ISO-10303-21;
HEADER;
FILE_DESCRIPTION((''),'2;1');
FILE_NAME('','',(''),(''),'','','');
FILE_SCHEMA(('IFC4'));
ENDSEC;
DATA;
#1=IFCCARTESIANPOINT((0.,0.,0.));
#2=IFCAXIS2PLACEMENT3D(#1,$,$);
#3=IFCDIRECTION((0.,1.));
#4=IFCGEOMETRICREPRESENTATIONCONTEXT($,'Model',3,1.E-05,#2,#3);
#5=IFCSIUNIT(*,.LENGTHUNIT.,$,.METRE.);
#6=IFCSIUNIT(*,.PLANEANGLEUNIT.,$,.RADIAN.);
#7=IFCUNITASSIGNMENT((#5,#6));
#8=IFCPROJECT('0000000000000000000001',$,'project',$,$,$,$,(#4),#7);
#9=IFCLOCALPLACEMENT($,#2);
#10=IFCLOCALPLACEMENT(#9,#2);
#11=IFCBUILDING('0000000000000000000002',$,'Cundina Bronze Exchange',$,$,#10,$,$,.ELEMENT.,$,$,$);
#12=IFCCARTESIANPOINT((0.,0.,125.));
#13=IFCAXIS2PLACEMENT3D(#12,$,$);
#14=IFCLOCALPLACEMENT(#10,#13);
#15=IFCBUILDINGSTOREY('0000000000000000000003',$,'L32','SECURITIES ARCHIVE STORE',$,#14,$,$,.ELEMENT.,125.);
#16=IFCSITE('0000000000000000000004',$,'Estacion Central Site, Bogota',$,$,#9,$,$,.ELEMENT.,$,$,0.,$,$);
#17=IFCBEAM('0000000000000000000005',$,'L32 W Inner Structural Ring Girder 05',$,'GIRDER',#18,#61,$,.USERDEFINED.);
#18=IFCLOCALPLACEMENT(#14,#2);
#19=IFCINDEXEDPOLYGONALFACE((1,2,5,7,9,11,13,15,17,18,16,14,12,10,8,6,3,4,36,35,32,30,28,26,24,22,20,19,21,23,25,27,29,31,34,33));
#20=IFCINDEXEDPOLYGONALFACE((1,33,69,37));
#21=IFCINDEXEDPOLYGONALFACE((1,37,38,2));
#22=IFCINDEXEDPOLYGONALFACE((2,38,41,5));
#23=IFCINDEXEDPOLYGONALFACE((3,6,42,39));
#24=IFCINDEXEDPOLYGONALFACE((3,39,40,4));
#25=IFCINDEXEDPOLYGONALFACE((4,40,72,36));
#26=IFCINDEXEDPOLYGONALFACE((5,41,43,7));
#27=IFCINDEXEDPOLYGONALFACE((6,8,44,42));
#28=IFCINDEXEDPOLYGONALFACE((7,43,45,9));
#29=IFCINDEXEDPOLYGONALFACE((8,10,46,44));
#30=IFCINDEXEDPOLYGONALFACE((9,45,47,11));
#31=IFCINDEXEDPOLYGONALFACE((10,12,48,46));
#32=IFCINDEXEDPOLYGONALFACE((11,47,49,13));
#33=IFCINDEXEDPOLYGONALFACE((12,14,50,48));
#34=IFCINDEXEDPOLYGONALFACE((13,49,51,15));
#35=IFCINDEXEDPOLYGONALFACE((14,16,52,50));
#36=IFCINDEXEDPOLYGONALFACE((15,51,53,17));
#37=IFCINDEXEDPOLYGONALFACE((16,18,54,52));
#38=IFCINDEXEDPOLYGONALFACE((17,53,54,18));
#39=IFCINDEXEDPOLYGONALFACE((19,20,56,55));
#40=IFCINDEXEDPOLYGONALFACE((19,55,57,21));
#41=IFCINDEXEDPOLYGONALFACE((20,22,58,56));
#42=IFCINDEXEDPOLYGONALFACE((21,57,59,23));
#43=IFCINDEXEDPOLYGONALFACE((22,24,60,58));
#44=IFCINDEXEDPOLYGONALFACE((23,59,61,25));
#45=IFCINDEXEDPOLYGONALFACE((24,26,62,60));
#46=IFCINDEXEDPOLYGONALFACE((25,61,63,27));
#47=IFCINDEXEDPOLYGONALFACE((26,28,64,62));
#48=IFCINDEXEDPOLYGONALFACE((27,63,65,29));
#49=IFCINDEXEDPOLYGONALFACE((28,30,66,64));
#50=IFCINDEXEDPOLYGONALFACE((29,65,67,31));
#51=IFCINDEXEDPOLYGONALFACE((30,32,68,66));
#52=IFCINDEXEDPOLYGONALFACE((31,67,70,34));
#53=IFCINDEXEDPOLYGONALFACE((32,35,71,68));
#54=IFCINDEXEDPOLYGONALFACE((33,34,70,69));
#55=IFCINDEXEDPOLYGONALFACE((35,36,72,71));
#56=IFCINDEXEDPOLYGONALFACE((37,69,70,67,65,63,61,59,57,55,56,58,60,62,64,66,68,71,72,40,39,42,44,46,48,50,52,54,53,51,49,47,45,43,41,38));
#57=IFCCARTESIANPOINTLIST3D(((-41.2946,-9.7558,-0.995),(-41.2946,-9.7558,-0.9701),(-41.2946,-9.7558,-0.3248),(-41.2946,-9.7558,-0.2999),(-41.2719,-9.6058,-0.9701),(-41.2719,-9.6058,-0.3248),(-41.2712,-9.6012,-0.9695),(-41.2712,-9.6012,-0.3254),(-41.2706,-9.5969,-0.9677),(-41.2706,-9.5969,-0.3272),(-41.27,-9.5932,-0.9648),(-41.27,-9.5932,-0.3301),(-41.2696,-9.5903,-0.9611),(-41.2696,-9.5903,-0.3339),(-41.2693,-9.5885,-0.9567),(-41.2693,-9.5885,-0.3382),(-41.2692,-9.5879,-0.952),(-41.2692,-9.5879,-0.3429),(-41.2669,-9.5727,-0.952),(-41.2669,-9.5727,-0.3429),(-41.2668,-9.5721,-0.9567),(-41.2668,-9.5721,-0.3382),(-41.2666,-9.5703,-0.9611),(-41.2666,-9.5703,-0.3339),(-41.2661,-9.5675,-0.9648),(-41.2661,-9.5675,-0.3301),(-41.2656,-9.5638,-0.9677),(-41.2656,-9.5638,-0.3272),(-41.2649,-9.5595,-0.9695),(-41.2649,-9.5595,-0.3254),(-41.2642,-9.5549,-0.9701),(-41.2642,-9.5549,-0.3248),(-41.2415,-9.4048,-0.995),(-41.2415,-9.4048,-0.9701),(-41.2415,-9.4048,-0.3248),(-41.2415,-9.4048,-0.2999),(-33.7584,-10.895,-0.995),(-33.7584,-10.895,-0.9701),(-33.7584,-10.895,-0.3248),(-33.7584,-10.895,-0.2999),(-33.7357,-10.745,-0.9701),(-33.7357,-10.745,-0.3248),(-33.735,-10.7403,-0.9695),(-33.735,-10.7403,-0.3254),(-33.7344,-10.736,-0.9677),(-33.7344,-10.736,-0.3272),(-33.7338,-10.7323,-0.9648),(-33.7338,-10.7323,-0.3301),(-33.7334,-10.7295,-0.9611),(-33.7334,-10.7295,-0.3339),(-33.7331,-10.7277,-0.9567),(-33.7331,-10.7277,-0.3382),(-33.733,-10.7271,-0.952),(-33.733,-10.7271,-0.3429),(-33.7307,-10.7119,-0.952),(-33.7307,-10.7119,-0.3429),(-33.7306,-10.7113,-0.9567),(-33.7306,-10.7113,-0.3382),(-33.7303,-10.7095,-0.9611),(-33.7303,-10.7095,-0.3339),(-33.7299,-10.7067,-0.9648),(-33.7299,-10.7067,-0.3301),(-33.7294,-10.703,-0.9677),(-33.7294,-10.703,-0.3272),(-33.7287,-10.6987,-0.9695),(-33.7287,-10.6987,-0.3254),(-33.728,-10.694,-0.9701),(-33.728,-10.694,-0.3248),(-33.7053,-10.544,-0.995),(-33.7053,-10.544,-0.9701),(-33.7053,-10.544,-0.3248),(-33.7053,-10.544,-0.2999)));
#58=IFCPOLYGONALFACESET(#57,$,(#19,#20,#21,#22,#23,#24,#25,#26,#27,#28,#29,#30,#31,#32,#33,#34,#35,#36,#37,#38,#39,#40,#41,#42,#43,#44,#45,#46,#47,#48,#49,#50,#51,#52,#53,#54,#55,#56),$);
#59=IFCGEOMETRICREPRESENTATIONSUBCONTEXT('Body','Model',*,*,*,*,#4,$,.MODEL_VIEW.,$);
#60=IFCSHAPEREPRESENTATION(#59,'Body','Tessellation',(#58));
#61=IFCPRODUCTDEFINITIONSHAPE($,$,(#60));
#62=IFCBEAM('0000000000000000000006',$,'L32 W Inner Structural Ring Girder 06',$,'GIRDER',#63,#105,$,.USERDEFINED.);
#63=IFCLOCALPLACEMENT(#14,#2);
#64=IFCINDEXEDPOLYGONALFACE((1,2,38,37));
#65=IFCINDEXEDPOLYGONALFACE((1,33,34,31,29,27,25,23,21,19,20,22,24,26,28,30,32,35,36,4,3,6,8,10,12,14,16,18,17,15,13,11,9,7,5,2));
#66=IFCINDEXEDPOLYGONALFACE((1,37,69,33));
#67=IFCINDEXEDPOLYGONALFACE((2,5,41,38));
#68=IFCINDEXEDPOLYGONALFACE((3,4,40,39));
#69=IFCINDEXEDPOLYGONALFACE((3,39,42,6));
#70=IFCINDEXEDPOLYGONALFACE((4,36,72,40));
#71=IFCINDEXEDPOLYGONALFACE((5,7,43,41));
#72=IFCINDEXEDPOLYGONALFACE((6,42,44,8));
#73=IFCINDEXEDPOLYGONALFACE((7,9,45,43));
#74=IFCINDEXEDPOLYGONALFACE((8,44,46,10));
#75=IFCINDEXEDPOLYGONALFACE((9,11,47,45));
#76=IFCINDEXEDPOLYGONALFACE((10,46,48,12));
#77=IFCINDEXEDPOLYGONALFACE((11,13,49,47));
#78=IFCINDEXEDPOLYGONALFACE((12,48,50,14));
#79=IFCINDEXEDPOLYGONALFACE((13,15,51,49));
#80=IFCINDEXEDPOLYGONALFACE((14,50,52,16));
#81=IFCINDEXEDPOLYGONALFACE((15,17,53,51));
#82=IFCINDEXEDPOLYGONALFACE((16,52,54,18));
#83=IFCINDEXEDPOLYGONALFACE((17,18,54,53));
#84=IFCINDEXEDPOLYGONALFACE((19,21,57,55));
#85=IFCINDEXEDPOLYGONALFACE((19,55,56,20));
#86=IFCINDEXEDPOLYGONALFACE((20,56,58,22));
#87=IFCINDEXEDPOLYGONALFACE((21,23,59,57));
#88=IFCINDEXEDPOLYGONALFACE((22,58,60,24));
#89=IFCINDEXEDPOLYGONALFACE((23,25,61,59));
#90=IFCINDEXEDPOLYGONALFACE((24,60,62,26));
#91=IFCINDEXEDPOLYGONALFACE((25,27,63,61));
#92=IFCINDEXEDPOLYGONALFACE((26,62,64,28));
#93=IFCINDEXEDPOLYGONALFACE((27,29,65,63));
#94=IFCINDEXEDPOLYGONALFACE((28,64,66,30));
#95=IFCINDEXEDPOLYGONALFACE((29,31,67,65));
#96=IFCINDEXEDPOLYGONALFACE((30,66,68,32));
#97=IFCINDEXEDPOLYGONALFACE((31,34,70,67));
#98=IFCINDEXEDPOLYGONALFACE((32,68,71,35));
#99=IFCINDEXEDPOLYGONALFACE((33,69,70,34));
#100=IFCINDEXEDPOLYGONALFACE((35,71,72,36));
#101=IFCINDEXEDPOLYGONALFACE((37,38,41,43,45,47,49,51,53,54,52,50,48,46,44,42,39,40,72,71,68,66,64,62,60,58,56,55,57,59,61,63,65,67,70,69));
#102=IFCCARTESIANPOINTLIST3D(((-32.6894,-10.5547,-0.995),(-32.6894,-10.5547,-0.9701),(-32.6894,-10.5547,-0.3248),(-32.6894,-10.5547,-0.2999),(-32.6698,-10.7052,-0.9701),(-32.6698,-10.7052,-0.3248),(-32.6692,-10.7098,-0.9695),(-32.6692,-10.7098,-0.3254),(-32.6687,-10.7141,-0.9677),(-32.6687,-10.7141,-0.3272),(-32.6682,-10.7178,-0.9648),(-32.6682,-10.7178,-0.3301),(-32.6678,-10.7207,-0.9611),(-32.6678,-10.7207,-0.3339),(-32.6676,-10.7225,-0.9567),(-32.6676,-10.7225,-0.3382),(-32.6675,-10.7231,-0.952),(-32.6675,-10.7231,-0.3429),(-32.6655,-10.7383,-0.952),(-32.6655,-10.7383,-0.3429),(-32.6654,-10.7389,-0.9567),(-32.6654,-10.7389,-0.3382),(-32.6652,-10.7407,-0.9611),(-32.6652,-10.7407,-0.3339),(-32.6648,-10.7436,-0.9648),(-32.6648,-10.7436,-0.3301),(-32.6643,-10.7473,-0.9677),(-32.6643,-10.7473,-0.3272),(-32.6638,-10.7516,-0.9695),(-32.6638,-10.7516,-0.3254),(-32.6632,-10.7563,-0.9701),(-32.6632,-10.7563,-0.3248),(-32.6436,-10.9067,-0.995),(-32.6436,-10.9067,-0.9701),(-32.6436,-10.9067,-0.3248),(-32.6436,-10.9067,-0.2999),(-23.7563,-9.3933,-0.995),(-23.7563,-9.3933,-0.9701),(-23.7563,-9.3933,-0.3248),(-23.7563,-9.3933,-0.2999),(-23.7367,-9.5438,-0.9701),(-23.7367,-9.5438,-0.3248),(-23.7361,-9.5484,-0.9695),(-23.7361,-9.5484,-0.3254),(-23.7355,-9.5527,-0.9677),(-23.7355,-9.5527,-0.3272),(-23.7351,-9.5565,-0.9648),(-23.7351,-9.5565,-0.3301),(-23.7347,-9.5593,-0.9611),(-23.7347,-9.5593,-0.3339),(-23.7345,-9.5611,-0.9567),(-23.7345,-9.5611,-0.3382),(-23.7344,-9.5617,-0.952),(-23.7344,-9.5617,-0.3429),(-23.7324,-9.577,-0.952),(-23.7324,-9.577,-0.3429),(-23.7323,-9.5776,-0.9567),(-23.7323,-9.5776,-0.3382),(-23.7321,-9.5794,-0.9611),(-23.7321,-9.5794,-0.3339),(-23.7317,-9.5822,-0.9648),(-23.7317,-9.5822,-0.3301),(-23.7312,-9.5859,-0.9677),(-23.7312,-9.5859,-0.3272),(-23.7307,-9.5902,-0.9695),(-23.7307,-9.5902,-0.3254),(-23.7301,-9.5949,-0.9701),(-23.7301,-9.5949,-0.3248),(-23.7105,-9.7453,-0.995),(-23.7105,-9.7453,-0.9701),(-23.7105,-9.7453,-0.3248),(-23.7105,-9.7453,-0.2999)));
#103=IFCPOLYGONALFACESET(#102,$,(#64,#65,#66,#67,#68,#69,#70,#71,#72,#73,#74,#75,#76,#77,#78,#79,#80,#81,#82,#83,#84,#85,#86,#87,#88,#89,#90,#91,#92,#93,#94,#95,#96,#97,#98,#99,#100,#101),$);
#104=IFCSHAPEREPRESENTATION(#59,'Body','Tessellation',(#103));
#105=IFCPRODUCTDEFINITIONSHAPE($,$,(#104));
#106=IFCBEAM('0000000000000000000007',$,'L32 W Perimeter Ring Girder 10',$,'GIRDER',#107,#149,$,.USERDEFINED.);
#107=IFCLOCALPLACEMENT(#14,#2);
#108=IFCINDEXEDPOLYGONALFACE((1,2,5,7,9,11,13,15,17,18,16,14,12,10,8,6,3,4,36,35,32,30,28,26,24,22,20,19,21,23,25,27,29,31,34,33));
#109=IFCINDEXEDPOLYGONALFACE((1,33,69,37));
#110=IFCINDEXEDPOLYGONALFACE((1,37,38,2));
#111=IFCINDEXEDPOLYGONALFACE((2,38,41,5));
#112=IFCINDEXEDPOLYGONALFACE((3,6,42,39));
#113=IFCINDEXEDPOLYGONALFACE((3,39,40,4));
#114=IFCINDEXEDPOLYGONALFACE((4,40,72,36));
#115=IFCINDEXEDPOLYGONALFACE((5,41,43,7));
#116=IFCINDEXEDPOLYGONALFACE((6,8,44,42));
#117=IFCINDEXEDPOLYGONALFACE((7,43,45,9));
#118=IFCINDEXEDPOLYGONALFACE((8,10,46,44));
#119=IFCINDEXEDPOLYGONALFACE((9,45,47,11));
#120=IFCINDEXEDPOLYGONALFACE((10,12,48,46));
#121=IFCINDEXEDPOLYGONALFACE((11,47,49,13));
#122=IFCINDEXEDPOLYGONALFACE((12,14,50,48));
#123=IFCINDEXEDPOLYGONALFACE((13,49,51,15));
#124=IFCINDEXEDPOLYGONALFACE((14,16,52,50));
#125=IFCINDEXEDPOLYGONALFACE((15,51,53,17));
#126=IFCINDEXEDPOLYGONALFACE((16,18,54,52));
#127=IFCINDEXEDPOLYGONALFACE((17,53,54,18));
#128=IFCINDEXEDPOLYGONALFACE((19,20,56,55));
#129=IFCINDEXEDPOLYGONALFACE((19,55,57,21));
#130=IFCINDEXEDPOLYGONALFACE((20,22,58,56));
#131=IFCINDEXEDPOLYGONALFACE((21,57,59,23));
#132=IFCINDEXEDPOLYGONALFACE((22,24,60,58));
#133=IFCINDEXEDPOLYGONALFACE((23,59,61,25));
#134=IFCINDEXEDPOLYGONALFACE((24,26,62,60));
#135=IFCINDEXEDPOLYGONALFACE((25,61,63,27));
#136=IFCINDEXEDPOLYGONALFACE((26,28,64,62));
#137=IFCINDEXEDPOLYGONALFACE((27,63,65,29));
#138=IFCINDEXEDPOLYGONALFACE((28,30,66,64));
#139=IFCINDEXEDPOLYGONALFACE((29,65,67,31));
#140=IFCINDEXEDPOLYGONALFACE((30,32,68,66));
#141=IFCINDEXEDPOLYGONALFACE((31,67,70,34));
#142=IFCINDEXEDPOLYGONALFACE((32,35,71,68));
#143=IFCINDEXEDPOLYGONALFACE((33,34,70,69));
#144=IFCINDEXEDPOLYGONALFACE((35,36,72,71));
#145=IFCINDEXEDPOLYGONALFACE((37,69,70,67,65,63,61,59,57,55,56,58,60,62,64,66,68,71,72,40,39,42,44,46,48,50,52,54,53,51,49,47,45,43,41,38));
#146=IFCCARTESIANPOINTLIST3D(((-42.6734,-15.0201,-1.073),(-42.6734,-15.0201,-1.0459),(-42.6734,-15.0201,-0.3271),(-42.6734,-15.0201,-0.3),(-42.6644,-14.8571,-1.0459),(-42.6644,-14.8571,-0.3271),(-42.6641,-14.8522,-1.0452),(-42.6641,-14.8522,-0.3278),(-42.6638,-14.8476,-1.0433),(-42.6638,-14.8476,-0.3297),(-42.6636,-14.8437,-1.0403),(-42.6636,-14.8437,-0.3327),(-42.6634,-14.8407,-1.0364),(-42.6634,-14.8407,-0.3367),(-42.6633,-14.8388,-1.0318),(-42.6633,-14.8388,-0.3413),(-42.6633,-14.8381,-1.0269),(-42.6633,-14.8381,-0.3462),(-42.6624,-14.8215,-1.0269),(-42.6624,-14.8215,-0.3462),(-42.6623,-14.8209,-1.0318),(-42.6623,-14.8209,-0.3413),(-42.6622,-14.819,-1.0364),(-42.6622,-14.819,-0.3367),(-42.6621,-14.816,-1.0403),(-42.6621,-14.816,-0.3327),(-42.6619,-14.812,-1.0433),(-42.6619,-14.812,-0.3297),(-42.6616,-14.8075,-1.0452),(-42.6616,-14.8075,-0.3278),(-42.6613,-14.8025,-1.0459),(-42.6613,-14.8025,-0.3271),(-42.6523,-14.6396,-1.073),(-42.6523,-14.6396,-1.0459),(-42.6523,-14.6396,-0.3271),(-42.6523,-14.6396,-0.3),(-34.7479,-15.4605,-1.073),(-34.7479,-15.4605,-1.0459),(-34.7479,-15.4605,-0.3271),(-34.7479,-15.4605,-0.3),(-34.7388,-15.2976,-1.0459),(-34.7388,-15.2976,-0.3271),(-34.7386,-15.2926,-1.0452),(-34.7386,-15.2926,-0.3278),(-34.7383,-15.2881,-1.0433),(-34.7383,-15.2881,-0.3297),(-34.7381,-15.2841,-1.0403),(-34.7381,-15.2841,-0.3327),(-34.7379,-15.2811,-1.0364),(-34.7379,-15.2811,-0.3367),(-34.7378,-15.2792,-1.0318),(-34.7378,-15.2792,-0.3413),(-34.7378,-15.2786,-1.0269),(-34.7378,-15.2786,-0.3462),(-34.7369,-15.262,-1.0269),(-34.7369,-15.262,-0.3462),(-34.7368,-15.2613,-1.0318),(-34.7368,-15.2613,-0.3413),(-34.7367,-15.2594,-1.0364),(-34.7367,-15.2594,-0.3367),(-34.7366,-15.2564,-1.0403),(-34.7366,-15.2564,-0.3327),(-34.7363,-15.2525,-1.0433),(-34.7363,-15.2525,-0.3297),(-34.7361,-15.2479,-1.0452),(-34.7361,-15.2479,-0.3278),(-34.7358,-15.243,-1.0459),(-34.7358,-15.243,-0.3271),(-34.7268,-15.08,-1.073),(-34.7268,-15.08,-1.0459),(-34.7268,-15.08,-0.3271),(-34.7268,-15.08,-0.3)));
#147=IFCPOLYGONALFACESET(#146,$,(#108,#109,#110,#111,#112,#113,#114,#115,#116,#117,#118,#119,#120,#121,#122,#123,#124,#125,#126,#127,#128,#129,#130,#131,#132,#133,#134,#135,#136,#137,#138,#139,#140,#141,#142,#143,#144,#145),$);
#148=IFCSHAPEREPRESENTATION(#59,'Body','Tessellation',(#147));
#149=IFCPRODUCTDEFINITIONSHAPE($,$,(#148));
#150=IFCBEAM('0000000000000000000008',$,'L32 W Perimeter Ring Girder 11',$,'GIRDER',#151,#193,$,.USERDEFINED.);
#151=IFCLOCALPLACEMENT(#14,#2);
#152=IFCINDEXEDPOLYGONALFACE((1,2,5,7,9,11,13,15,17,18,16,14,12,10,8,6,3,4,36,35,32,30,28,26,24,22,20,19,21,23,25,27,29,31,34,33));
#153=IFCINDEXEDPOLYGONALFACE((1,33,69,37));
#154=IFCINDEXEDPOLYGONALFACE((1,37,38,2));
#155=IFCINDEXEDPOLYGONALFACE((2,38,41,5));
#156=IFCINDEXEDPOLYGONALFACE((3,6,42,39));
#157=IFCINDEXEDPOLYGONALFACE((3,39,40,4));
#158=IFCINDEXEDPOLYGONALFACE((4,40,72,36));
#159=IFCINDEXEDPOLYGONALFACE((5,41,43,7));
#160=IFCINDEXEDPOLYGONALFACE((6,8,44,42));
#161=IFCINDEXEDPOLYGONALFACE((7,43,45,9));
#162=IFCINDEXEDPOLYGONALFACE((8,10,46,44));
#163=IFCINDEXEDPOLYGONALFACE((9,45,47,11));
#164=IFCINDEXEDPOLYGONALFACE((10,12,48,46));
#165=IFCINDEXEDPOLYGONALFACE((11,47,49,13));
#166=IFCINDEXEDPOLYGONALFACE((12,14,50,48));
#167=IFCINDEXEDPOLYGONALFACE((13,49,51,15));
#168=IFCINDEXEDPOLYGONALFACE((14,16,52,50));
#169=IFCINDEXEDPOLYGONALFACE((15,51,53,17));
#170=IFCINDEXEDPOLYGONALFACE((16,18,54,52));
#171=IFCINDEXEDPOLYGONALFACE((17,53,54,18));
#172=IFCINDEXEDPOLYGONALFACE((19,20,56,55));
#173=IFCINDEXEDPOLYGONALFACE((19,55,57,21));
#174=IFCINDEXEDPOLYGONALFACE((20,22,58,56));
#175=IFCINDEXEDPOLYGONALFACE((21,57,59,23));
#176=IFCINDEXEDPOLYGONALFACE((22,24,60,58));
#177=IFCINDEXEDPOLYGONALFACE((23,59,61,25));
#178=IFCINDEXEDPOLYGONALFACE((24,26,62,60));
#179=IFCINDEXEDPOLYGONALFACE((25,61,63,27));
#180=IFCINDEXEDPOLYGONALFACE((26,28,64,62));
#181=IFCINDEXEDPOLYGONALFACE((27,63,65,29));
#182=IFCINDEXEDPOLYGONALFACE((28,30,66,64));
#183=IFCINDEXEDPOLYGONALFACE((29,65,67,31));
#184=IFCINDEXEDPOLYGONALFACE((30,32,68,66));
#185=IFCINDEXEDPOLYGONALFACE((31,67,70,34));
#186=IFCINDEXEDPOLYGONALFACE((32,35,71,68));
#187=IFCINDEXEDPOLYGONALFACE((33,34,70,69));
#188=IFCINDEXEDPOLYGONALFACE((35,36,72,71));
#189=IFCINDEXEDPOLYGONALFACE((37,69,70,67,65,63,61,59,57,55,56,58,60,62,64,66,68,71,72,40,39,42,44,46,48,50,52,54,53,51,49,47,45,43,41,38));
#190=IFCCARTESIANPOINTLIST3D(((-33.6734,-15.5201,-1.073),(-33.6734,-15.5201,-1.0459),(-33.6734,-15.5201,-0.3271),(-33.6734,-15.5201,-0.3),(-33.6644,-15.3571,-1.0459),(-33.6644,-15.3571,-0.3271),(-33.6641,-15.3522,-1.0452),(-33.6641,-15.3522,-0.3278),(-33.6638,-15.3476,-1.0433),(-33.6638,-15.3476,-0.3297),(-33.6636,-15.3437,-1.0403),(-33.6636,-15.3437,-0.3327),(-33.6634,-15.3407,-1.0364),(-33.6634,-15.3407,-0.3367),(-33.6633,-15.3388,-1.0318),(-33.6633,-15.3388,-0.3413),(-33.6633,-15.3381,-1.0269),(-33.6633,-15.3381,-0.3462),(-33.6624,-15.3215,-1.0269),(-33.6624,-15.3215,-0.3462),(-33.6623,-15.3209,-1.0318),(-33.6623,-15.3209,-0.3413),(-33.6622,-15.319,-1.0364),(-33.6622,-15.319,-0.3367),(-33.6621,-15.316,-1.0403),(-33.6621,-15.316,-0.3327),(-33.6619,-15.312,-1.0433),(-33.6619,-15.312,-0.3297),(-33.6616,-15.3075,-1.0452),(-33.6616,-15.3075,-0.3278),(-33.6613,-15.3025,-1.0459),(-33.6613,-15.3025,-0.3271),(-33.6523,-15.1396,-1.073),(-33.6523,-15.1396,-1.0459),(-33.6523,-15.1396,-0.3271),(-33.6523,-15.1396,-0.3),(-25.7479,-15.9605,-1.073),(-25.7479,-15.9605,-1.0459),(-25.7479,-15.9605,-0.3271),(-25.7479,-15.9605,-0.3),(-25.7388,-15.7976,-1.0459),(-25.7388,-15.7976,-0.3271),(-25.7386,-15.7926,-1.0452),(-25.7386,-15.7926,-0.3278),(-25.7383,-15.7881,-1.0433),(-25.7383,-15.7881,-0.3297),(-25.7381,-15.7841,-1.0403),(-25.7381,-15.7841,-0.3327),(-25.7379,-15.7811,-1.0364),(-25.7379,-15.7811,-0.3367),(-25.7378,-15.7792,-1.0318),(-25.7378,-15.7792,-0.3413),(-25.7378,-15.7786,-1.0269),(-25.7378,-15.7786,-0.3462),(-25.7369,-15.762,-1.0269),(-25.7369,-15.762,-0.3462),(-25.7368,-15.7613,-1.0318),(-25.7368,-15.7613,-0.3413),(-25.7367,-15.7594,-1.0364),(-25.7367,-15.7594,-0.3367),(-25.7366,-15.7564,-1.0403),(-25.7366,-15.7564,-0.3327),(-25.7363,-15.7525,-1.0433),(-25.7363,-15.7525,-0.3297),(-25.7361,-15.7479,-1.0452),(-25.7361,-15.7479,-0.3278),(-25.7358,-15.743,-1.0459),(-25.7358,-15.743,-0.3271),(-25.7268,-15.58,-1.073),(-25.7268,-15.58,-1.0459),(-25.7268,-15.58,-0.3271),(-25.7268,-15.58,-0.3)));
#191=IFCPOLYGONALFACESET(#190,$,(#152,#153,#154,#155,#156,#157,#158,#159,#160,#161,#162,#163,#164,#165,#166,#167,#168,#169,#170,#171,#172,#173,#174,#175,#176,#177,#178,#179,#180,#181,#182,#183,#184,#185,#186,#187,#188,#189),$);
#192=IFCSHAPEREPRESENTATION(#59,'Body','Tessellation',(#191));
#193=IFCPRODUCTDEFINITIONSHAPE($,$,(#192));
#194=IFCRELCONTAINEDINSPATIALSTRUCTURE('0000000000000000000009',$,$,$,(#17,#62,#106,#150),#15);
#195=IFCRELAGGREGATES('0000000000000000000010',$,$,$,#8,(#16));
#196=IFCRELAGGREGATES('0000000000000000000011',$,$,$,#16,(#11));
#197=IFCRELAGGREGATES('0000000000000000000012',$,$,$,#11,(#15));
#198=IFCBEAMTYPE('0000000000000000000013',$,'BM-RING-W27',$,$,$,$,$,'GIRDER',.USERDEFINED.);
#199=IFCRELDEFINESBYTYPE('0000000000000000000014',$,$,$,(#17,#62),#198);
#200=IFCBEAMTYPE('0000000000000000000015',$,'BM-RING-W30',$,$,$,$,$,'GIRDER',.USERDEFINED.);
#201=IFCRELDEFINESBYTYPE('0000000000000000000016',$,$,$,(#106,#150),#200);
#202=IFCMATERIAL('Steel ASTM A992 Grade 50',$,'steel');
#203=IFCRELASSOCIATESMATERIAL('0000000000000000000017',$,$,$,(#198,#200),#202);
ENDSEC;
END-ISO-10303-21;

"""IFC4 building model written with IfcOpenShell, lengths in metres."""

from ifc_helpers import new_model, si_unit, direction, frame, origin, origin_2d, place, context, subcontext, project, spatial, i_section, extrude, material, material_profile, profile_set, type_object, element, save


model = new_model("IFC4")

# Units and contexts
model_context = context("Model", 3, precision=1e-05, world=origin(), true_north=direction((0.0, 1.0)))
body_context = subcontext(model_context, "Body", "Model", "MODEL_VIEW")
ifc_project = project(units=[si_unit("LENGTHUNIT", "METRE"), si_unit("PLANEANGLEUNIT", "RADIAN")], contexts=[model_context])

# Site, building, storey
site_placement = place(None, origin())
site = spatial("IfcSite", under=ifc_project, at=site_placement, Name="Estacion Central Site, Bogota", CompositionType="ELEMENT", RefElevation=0.0)
building_placement = place(site_placement, origin())
building = spatial("IfcBuilding", under=site, at=building_placement, Name="Cundina Bronze Exchange", CompositionType="ELEMENT")
storey_placement = place(building_placement, frame((0.0, 0.0, 125.0)))
storey = spatial("IfcBuildingStorey", under=building, at=storey_placement, Name="L32", Description="SECURITIES ARCHIVE STORE", CompositionType="ELEMENT", Elevation=125.0)

# Beams
ifc_material_1 = material(Name="Steel ASTM A992 Grade 50", Category="steel")
ifc_material_profile_1 = material_profile(ifc_material_1, i_section(OverallWidth=0.355, OverallDepth=0.6951, WebThickness=0.0154, FlangeThickness=0.0249, FilletRadius=0.0181, at=origin_2d()), Name="W27X146", Category="steel")
ifc_profile_set_1 = profile_set([ifc_material_profile_1], Name="Steel ASTM A992 Grade 50")
beam_type_1 = type_object("IfcBeamType", Name="BM-RING-W27", ElementType="GIRDER", PredefinedType="USERDEFINED", material=ifc_profile_set_1)
beam_1_placement = place(storey_placement, frame((-41.2681, -9.5803, -0.6475), z_axis=(0.988767, -0.149462, 0.0), x_axis=(0.149462, 0.988767, 0.0)))
element("IfcBeam", 1, at=beam_1_placement, inside=storey, type_object=beam_type_1, Name="L32 W Inner Structural Ring Girder 05", ObjectType="GIRDER", PredefinedType="USERDEFINED", context=body_context, shape_type="SweptSolid", body=[
    extrude(i_section(OverallWidth=0.355, OverallDepth=0.6951, WebThickness=0.0154, FlangeThickness=0.0249, FilletRadius=0.0181, at=origin_2d()), origin(), (0.0, 0.0, 1.0), 7.6218),
])
beam_2_placement = place(storey_placement, frame((-32.6665, -10.7307, -0.6475), z_axis=(0.991655, 0.128923, 0.0), x_axis=(-0.128923, 0.991655, 0.0)))
element("IfcBeam", 2, at=beam_2_placement, inside=storey, type_object=beam_type_1, Name="L32 W Inner Structural Ring Girder 06", ObjectType="GIRDER", PredefinedType="USERDEFINED", context=body_context, shape_type="SweptSolid", body=[
    extrude(i_section(OverallWidth=0.355, OverallDepth=0.6951, WebThickness=0.0154, FlangeThickness=0.0249, FilletRadius=0.0181, at=origin_2d()), origin(), (0.0, 0.0, 1.0), 9.0083),
])
ifc_material_profile_2 = material_profile(ifc_material_1, i_section(OverallWidth=0.3811, OverallDepth=0.7729, WebThickness=0.0166, FlangeThickness=0.0271, FilletRadius=0.019, at=origin_2d()), Name="W30X173", Category="steel")
ifc_profile_set_2 = profile_set([ifc_material_profile_2], Name="Steel ASTM A992 Grade 50")
beam_type_2 = type_object("IfcBeamType", Name="BM-RING-W30", ElementType="GIRDER", PredefinedType="USERDEFINED", material=ifc_profile_set_2)
for number, where, z_axis, x_axis, name in (
    (3, (-42.6628, -14.8298, -0.6865), (0.99846, -0.055485, 0.0), (0.055485, 0.99846, 0.0), "L32 W Perimeter Ring Girder 10"),
    (4, (-33.6628, -15.3298, -0.6865), (0.99846, -0.055485, 0.0), (0.055485, 0.99846, 0.0), "L32 W Perimeter Ring Girder 11"),
):
    element("IfcBeam", number, at=place(storey_placement, frame(where, z_axis=z_axis, x_axis=x_axis)), inside=storey, type_object=beam_type_2, Name=name, ObjectType="GIRDER", PredefinedType="USERDEFINED", context=body_context, shape_type="SweptSolid", body=[
        extrude(i_section(OverallWidth=0.3811, OverallDepth=0.7729, WebThickness=0.0166, FlangeThickness=0.0271, FilletRadius=0.019, at=origin_2d()), origin(), (0.0, 0.0, 1.0), 7.9377),
    ])

save(model, "model.ifc")
